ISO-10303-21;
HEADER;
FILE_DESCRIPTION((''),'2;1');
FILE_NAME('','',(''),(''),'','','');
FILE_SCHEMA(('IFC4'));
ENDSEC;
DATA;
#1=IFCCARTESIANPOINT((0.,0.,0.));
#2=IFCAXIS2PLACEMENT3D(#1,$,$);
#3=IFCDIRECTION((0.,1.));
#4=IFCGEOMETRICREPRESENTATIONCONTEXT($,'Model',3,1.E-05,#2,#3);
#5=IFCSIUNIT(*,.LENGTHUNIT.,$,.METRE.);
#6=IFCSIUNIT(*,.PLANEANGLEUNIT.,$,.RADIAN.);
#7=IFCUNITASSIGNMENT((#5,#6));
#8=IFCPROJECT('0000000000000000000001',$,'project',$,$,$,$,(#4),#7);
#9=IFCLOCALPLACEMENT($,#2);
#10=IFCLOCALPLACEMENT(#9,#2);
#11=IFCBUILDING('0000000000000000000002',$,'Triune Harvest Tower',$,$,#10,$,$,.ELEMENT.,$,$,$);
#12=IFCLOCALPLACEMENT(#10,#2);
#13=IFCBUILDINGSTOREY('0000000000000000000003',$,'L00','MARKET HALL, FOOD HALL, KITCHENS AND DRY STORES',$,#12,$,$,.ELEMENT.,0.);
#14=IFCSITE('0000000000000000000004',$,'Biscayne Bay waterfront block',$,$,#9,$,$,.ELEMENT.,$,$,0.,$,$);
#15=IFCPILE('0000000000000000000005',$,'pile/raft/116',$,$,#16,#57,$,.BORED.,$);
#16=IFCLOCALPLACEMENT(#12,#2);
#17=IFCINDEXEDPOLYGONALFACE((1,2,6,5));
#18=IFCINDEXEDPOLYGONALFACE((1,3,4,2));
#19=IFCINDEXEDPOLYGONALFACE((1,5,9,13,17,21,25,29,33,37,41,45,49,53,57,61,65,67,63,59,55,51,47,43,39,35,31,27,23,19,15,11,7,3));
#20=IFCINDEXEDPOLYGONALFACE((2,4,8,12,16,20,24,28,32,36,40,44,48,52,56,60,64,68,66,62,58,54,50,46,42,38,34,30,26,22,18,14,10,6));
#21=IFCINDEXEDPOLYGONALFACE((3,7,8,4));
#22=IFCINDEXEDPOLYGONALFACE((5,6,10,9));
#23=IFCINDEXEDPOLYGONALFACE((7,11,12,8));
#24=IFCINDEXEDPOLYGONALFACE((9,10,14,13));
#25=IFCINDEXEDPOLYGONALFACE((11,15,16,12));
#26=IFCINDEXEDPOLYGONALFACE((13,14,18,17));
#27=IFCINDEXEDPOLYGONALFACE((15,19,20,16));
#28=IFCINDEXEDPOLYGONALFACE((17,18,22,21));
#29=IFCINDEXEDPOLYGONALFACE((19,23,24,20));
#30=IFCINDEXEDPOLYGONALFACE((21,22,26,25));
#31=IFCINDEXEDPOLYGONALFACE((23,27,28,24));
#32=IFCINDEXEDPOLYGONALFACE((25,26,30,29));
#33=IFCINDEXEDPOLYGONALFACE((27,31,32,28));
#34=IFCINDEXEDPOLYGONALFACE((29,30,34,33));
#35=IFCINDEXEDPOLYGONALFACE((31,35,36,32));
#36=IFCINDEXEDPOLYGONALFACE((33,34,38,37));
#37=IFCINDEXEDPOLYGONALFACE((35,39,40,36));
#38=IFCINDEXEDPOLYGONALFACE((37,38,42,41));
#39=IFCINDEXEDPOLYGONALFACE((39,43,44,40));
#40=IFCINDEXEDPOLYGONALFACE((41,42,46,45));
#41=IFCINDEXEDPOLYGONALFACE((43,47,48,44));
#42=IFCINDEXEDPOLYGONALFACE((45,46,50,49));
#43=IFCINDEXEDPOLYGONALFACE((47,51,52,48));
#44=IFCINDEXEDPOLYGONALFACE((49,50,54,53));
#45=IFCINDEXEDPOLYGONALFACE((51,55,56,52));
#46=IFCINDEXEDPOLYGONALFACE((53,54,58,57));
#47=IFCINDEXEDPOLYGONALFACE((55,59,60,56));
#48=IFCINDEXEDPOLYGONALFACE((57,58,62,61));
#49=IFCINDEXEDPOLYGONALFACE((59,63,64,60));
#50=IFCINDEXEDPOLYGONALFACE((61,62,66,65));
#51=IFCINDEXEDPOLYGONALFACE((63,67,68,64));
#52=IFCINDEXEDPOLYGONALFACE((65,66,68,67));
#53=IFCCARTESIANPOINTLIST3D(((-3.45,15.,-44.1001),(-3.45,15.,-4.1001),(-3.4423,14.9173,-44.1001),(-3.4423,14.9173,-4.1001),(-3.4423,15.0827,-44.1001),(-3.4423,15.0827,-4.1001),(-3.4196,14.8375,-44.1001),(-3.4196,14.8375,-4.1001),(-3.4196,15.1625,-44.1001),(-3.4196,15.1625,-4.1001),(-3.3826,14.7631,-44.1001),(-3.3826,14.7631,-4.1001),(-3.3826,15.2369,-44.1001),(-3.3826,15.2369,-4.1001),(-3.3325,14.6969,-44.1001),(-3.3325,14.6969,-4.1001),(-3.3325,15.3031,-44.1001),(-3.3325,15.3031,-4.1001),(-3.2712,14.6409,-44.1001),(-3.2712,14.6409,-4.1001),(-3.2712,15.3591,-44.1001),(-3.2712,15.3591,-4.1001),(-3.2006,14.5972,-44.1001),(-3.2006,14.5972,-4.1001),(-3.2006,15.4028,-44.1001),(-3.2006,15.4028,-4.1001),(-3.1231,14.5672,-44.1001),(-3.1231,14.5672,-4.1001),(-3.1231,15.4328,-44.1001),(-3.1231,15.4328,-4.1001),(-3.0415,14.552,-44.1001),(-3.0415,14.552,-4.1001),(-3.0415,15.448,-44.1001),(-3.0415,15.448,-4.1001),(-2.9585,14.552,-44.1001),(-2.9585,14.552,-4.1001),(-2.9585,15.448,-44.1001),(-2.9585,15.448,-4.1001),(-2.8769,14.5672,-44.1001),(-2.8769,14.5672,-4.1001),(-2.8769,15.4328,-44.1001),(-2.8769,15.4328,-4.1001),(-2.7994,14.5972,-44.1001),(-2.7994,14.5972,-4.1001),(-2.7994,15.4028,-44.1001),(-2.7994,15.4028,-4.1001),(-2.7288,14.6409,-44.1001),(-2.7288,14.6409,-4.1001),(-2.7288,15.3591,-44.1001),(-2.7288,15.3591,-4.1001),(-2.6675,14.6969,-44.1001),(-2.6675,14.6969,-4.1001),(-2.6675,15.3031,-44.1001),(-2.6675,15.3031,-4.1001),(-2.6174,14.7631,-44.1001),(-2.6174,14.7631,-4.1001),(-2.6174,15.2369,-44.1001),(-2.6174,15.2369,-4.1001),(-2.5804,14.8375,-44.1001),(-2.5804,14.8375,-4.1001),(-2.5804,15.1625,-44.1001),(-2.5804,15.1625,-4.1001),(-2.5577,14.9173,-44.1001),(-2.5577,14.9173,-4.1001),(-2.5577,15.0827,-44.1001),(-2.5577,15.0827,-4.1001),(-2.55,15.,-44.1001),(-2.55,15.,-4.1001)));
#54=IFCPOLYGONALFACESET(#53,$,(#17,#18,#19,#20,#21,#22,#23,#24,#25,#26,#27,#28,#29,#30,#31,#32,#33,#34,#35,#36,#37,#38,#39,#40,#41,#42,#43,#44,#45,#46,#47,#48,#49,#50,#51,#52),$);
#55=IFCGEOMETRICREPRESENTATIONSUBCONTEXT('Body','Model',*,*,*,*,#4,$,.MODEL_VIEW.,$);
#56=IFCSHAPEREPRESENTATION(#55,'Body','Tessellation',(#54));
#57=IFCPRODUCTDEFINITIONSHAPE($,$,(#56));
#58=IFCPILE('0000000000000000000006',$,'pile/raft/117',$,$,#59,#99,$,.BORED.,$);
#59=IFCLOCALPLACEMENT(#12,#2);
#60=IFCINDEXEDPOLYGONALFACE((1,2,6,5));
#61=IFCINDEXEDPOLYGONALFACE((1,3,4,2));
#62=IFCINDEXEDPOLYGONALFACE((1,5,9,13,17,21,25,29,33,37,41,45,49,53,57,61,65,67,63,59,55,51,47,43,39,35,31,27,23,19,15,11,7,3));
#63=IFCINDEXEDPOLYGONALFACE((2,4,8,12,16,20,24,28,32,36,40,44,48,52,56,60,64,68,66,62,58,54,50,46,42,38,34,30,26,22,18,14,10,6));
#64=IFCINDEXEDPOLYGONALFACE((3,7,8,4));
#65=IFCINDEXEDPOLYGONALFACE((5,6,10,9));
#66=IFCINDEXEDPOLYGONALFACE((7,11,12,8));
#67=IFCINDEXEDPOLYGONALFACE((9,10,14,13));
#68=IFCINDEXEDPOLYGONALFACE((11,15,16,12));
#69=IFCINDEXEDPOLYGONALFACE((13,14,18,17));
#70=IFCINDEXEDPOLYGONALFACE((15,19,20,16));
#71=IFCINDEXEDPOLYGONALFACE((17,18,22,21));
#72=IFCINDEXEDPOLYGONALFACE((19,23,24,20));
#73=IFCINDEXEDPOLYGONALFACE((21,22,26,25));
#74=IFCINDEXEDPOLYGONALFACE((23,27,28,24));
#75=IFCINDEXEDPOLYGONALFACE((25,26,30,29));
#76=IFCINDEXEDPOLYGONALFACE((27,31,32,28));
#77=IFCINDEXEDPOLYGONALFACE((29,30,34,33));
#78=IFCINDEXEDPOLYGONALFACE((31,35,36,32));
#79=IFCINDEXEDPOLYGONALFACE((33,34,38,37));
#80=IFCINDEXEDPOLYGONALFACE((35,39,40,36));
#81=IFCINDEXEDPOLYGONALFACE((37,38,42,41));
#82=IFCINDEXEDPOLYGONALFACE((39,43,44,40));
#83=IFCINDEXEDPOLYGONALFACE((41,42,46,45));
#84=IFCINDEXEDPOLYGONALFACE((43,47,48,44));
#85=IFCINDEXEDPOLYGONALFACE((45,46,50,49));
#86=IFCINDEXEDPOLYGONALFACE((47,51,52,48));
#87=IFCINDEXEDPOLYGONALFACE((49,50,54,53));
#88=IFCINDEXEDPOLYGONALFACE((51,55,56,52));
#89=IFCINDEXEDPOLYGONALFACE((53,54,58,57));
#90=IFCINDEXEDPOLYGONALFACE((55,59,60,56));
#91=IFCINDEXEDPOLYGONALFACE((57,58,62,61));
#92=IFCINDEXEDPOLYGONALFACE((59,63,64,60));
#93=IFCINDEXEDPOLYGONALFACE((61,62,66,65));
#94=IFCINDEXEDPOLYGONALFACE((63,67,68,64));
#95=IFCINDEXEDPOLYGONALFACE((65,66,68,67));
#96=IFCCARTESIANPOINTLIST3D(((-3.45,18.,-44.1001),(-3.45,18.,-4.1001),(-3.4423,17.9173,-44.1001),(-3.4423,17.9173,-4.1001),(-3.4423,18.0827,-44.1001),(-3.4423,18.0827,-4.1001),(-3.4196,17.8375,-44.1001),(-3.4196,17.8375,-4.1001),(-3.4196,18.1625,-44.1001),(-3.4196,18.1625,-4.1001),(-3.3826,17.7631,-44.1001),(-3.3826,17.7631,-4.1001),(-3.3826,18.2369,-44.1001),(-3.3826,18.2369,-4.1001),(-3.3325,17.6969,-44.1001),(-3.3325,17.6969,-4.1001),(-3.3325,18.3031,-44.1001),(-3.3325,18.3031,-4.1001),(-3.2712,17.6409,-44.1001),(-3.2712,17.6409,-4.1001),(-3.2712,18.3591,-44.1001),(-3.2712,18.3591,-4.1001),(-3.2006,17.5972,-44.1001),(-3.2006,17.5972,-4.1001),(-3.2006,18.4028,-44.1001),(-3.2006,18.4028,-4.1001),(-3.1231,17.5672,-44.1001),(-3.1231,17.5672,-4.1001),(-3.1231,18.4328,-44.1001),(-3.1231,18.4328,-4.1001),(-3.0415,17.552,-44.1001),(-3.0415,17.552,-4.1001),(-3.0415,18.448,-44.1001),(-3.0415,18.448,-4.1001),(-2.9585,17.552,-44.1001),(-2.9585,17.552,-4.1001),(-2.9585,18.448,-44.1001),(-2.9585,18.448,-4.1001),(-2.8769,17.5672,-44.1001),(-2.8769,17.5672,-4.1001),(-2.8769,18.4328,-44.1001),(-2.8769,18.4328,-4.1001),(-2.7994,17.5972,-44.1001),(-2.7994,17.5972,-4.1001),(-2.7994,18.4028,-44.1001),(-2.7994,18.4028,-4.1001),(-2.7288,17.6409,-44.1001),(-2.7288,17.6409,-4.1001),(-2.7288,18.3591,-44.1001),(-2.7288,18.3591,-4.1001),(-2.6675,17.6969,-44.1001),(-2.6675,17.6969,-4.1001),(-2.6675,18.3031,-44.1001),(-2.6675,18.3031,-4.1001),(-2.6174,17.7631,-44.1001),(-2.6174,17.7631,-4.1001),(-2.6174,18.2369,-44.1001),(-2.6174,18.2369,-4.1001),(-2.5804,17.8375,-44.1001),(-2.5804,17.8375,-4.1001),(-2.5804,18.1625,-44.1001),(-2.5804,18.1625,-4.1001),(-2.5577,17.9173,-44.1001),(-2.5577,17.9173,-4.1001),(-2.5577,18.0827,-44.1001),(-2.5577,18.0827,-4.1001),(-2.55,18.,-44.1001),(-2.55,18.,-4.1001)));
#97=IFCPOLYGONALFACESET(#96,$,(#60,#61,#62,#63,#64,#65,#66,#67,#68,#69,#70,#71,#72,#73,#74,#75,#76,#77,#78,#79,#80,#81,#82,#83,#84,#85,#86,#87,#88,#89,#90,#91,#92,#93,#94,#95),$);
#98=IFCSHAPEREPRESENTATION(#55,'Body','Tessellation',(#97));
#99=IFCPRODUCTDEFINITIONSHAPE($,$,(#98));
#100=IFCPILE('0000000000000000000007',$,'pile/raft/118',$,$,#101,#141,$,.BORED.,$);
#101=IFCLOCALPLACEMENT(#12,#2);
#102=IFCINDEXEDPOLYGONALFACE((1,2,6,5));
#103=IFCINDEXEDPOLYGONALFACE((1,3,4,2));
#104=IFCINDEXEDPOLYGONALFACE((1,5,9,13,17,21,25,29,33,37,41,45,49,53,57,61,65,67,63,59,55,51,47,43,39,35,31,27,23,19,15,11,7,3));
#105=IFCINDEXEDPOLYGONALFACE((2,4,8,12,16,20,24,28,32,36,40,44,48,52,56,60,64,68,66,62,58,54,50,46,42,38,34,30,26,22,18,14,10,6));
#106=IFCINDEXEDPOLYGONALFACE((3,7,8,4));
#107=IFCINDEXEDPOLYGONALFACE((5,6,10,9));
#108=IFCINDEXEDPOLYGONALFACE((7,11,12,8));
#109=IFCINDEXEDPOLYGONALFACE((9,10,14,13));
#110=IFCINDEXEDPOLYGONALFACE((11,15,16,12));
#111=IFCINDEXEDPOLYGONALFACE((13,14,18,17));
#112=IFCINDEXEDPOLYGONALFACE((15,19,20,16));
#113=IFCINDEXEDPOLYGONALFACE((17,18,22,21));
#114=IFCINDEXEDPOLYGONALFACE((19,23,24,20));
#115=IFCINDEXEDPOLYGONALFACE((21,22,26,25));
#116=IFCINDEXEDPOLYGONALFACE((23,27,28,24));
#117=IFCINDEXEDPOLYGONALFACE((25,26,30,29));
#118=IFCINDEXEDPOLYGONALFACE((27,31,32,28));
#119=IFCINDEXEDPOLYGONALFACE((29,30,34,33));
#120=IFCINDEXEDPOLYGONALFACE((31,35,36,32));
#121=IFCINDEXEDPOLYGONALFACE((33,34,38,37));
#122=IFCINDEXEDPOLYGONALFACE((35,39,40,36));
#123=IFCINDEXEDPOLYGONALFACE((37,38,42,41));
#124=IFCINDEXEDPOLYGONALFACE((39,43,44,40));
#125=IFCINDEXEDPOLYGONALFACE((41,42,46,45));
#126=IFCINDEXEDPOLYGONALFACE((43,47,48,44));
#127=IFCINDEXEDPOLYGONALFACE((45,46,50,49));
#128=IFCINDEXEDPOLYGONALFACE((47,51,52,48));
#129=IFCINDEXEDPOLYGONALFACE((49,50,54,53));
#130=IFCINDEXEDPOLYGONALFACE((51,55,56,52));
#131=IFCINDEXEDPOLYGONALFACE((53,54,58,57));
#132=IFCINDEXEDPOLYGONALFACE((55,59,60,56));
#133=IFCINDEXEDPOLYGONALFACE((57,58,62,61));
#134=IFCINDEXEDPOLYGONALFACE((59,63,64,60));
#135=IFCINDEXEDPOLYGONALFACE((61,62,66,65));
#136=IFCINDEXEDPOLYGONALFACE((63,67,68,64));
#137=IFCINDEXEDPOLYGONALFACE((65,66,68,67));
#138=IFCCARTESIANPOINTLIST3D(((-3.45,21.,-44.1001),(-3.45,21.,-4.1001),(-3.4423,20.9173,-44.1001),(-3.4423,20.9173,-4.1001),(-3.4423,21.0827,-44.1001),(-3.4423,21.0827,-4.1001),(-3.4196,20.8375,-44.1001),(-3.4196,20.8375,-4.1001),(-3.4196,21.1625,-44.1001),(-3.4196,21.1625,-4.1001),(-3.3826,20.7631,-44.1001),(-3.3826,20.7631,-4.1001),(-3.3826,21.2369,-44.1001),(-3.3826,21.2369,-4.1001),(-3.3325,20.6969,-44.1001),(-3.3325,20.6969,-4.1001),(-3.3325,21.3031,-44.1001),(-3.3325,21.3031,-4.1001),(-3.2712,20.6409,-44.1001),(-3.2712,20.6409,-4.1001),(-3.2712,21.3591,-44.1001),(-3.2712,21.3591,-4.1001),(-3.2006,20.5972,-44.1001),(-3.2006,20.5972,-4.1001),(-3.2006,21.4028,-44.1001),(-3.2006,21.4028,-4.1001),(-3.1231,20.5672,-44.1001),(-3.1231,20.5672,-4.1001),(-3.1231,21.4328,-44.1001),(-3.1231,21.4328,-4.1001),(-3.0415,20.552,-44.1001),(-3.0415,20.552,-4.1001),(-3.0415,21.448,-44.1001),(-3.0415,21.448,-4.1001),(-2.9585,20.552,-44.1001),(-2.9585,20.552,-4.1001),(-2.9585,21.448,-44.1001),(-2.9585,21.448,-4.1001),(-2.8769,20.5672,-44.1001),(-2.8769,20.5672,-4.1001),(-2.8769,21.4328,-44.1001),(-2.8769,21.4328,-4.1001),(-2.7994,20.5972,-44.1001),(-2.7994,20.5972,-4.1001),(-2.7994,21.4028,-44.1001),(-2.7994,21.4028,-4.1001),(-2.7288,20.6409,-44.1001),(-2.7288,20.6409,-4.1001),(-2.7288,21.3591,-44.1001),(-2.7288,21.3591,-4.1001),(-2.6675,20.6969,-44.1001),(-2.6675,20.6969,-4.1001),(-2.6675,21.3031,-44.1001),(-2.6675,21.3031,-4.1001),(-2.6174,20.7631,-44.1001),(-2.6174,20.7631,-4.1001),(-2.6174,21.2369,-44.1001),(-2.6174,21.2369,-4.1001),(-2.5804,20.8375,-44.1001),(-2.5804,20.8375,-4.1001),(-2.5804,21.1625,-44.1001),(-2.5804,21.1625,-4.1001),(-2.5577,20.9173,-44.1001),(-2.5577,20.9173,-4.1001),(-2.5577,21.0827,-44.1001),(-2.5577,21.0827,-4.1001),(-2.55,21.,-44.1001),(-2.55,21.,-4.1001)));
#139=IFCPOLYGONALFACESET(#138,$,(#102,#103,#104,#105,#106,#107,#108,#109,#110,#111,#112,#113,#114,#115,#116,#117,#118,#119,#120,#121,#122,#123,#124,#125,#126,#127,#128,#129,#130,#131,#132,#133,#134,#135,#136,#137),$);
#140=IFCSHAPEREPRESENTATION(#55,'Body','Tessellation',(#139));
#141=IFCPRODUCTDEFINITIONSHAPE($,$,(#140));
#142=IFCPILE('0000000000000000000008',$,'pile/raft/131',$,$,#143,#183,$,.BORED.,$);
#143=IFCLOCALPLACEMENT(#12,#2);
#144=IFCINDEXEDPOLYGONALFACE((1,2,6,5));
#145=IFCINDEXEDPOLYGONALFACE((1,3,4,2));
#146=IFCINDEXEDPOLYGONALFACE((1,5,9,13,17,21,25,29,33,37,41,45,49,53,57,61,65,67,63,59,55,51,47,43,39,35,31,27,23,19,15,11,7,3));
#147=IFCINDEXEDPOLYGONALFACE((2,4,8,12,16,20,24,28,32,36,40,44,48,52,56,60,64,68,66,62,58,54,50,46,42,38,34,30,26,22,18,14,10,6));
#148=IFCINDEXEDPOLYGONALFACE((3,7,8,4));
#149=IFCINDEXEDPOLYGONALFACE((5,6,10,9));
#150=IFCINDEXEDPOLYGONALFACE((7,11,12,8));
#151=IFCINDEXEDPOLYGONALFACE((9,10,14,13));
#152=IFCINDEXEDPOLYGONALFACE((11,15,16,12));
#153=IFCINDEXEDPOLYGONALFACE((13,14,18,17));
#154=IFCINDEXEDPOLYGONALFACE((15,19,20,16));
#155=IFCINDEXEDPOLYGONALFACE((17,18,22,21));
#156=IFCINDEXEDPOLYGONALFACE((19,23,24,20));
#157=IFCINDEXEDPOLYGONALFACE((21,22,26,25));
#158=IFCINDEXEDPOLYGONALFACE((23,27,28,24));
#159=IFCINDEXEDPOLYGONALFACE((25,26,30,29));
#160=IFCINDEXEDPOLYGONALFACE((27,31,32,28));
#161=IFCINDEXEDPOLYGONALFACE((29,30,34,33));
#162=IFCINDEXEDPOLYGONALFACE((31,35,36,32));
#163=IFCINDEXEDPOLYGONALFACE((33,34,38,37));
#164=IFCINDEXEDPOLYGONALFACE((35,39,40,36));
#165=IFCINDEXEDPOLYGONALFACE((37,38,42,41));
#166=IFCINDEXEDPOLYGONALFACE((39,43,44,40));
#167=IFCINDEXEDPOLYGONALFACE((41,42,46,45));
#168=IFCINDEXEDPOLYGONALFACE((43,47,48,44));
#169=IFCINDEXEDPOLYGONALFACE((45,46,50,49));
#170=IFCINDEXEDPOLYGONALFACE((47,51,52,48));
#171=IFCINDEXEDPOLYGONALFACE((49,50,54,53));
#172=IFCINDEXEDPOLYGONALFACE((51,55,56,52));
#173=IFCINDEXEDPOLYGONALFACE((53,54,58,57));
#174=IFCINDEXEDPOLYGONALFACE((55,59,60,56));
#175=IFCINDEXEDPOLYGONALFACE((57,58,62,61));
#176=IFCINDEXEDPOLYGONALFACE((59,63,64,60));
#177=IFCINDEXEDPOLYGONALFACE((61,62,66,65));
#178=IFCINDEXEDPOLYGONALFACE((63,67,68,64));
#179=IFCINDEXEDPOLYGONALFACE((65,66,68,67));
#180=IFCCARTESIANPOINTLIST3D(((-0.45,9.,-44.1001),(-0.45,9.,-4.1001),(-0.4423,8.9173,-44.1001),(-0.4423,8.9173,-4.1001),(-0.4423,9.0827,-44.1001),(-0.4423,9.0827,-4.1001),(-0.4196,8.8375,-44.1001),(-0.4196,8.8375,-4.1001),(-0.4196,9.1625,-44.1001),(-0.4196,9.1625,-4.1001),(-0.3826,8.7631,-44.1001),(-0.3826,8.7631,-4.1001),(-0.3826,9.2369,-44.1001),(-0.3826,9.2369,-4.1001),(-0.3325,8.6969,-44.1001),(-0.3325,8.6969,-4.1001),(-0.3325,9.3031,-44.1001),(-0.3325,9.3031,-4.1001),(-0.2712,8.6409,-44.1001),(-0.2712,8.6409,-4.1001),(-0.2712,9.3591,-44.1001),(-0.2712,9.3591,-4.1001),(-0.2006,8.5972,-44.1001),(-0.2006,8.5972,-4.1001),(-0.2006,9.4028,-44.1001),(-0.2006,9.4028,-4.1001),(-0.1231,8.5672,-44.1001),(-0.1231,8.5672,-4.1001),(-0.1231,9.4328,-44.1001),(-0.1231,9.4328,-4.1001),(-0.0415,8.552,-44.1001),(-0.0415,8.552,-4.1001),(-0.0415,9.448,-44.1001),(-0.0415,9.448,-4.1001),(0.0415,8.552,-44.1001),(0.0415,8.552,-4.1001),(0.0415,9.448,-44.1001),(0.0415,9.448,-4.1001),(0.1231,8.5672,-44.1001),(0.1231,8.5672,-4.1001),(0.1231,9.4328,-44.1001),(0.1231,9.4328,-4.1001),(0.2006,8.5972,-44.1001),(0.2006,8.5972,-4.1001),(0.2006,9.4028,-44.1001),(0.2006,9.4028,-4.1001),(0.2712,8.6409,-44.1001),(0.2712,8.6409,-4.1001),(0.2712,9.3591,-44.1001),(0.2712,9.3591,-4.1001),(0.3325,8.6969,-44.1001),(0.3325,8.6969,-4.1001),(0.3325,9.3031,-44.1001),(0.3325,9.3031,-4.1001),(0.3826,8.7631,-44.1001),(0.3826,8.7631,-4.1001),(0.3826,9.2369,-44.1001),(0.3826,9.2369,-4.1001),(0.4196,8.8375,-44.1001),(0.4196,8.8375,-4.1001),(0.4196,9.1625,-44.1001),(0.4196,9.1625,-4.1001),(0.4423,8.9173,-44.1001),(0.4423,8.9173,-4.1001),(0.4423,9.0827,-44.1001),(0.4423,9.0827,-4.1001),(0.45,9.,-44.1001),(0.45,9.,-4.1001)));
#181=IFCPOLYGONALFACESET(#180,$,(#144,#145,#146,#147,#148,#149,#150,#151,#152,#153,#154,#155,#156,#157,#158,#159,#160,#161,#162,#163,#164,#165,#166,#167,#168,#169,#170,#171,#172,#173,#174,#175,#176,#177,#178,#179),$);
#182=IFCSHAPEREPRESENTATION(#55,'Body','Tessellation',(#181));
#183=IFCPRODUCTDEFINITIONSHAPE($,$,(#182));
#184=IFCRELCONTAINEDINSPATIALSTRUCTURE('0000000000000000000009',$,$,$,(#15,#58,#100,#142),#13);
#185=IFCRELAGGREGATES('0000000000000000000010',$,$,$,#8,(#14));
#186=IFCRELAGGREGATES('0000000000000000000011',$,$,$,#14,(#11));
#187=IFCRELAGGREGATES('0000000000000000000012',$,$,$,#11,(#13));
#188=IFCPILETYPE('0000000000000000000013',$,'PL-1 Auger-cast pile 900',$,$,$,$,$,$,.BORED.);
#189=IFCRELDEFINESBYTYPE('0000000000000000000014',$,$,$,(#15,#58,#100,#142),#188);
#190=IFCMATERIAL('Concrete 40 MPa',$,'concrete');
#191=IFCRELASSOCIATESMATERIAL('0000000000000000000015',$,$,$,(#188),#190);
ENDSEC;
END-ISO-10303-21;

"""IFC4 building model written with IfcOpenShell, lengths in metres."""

from ifc_helpers import new_model, si_unit, direction, frame, origin, origin_2d, place, context, subcontext, project, spatial, circle, extrude, source, transform, mapped, material, material_profile, profile_set, type_object, element, save


model = new_model("IFC4")

# Units and contexts
model_context = context("Model", 3, precision=1e-05, world=origin(), true_north=direction((0.0, 1.0)))
body_context = subcontext(model_context, "Body", "Model", "MODEL_VIEW")
ifc_project = project(units=[si_unit("LENGTHUNIT", "METRE"), si_unit("PLANEANGLEUNIT", "RADIAN")], contexts=[model_context])

# Site, building, storey
site_placement = place(None, origin())
site = spatial("IfcSite", under=ifc_project, at=site_placement, Name="Biscayne Bay waterfront block", CompositionType="ELEMENT", RefElevation=0.0)
building_placement = place(site_placement, origin())
building = spatial("IfcBuilding", under=site, at=building_placement, Name="Triune Harvest Tower", CompositionType="ELEMENT")
storey_placement = place(building_placement, origin())
storey = spatial("IfcBuildingStorey", under=building, at=storey_placement, Name="L00", Description="MARKET HALL, FOOD HALL, KITCHENS AND DRY STORES", CompositionType="ELEMENT", Elevation=0.0)

# Piles
ifc_material_1 = material(Name="Concrete 40 MPa", Category="concrete")
ifc_material_profile_1 = material_profile(ifc_material_1, circle(Radius=0.45, at=origin_2d()), Name="Bored 900")
ifc_profile_set_1 = profile_set([ifc_material_profile_1], Name="Concrete 40 MPa")
pile_type = type_object("IfcPileType", Name="PL-1 Auger-cast pile 900", PredefinedType="BORED", material=ifc_profile_set_1)
shared_shape_1 = source(origin(), body_context, "Body", "SweptSolid", [
    extrude(circle(Radius=0.45, at=origin_2d()), origin(), (0.0, 0.0, 1.0), 40.0),
])
for number, where, z_axis, x_axis, name in (
    (1, (-3.0, 15.0, -4.1001), (0.0, 0.0, -1.0), (1.0, 0.0, 0.0), "pile/raft/116"),
    (2, (-3.0, 18.0, -4.1001), (0.0, 0.0, -1.0), (1.0, 0.0, 0.0), "pile/raft/117"),
    (3, (-3.0, 21.0, -4.1001), (0.0, 0.0, -1.0), (1.0, 0.0, 0.0), "pile/raft/118"),
    (4, (0.0, 9.0, -4.1001), (0.0, 0.0, -1.0), (1.0, 0.0, 0.0), "pile/raft/131"),
):
    element("IfcPile", number, at=place(storey_placement, frame(where, z_axis=z_axis, x_axis=x_axis)), inside=storey, type_object=pile_type, Name=name, PredefinedType="BORED", context=body_context, shape_type="MappedRepresentation", body=[
        mapped(shared_shape_1, transform((0.0, 0.0, 0.0), scale=1.0)),
    ])

save(model, "model.ifc")
